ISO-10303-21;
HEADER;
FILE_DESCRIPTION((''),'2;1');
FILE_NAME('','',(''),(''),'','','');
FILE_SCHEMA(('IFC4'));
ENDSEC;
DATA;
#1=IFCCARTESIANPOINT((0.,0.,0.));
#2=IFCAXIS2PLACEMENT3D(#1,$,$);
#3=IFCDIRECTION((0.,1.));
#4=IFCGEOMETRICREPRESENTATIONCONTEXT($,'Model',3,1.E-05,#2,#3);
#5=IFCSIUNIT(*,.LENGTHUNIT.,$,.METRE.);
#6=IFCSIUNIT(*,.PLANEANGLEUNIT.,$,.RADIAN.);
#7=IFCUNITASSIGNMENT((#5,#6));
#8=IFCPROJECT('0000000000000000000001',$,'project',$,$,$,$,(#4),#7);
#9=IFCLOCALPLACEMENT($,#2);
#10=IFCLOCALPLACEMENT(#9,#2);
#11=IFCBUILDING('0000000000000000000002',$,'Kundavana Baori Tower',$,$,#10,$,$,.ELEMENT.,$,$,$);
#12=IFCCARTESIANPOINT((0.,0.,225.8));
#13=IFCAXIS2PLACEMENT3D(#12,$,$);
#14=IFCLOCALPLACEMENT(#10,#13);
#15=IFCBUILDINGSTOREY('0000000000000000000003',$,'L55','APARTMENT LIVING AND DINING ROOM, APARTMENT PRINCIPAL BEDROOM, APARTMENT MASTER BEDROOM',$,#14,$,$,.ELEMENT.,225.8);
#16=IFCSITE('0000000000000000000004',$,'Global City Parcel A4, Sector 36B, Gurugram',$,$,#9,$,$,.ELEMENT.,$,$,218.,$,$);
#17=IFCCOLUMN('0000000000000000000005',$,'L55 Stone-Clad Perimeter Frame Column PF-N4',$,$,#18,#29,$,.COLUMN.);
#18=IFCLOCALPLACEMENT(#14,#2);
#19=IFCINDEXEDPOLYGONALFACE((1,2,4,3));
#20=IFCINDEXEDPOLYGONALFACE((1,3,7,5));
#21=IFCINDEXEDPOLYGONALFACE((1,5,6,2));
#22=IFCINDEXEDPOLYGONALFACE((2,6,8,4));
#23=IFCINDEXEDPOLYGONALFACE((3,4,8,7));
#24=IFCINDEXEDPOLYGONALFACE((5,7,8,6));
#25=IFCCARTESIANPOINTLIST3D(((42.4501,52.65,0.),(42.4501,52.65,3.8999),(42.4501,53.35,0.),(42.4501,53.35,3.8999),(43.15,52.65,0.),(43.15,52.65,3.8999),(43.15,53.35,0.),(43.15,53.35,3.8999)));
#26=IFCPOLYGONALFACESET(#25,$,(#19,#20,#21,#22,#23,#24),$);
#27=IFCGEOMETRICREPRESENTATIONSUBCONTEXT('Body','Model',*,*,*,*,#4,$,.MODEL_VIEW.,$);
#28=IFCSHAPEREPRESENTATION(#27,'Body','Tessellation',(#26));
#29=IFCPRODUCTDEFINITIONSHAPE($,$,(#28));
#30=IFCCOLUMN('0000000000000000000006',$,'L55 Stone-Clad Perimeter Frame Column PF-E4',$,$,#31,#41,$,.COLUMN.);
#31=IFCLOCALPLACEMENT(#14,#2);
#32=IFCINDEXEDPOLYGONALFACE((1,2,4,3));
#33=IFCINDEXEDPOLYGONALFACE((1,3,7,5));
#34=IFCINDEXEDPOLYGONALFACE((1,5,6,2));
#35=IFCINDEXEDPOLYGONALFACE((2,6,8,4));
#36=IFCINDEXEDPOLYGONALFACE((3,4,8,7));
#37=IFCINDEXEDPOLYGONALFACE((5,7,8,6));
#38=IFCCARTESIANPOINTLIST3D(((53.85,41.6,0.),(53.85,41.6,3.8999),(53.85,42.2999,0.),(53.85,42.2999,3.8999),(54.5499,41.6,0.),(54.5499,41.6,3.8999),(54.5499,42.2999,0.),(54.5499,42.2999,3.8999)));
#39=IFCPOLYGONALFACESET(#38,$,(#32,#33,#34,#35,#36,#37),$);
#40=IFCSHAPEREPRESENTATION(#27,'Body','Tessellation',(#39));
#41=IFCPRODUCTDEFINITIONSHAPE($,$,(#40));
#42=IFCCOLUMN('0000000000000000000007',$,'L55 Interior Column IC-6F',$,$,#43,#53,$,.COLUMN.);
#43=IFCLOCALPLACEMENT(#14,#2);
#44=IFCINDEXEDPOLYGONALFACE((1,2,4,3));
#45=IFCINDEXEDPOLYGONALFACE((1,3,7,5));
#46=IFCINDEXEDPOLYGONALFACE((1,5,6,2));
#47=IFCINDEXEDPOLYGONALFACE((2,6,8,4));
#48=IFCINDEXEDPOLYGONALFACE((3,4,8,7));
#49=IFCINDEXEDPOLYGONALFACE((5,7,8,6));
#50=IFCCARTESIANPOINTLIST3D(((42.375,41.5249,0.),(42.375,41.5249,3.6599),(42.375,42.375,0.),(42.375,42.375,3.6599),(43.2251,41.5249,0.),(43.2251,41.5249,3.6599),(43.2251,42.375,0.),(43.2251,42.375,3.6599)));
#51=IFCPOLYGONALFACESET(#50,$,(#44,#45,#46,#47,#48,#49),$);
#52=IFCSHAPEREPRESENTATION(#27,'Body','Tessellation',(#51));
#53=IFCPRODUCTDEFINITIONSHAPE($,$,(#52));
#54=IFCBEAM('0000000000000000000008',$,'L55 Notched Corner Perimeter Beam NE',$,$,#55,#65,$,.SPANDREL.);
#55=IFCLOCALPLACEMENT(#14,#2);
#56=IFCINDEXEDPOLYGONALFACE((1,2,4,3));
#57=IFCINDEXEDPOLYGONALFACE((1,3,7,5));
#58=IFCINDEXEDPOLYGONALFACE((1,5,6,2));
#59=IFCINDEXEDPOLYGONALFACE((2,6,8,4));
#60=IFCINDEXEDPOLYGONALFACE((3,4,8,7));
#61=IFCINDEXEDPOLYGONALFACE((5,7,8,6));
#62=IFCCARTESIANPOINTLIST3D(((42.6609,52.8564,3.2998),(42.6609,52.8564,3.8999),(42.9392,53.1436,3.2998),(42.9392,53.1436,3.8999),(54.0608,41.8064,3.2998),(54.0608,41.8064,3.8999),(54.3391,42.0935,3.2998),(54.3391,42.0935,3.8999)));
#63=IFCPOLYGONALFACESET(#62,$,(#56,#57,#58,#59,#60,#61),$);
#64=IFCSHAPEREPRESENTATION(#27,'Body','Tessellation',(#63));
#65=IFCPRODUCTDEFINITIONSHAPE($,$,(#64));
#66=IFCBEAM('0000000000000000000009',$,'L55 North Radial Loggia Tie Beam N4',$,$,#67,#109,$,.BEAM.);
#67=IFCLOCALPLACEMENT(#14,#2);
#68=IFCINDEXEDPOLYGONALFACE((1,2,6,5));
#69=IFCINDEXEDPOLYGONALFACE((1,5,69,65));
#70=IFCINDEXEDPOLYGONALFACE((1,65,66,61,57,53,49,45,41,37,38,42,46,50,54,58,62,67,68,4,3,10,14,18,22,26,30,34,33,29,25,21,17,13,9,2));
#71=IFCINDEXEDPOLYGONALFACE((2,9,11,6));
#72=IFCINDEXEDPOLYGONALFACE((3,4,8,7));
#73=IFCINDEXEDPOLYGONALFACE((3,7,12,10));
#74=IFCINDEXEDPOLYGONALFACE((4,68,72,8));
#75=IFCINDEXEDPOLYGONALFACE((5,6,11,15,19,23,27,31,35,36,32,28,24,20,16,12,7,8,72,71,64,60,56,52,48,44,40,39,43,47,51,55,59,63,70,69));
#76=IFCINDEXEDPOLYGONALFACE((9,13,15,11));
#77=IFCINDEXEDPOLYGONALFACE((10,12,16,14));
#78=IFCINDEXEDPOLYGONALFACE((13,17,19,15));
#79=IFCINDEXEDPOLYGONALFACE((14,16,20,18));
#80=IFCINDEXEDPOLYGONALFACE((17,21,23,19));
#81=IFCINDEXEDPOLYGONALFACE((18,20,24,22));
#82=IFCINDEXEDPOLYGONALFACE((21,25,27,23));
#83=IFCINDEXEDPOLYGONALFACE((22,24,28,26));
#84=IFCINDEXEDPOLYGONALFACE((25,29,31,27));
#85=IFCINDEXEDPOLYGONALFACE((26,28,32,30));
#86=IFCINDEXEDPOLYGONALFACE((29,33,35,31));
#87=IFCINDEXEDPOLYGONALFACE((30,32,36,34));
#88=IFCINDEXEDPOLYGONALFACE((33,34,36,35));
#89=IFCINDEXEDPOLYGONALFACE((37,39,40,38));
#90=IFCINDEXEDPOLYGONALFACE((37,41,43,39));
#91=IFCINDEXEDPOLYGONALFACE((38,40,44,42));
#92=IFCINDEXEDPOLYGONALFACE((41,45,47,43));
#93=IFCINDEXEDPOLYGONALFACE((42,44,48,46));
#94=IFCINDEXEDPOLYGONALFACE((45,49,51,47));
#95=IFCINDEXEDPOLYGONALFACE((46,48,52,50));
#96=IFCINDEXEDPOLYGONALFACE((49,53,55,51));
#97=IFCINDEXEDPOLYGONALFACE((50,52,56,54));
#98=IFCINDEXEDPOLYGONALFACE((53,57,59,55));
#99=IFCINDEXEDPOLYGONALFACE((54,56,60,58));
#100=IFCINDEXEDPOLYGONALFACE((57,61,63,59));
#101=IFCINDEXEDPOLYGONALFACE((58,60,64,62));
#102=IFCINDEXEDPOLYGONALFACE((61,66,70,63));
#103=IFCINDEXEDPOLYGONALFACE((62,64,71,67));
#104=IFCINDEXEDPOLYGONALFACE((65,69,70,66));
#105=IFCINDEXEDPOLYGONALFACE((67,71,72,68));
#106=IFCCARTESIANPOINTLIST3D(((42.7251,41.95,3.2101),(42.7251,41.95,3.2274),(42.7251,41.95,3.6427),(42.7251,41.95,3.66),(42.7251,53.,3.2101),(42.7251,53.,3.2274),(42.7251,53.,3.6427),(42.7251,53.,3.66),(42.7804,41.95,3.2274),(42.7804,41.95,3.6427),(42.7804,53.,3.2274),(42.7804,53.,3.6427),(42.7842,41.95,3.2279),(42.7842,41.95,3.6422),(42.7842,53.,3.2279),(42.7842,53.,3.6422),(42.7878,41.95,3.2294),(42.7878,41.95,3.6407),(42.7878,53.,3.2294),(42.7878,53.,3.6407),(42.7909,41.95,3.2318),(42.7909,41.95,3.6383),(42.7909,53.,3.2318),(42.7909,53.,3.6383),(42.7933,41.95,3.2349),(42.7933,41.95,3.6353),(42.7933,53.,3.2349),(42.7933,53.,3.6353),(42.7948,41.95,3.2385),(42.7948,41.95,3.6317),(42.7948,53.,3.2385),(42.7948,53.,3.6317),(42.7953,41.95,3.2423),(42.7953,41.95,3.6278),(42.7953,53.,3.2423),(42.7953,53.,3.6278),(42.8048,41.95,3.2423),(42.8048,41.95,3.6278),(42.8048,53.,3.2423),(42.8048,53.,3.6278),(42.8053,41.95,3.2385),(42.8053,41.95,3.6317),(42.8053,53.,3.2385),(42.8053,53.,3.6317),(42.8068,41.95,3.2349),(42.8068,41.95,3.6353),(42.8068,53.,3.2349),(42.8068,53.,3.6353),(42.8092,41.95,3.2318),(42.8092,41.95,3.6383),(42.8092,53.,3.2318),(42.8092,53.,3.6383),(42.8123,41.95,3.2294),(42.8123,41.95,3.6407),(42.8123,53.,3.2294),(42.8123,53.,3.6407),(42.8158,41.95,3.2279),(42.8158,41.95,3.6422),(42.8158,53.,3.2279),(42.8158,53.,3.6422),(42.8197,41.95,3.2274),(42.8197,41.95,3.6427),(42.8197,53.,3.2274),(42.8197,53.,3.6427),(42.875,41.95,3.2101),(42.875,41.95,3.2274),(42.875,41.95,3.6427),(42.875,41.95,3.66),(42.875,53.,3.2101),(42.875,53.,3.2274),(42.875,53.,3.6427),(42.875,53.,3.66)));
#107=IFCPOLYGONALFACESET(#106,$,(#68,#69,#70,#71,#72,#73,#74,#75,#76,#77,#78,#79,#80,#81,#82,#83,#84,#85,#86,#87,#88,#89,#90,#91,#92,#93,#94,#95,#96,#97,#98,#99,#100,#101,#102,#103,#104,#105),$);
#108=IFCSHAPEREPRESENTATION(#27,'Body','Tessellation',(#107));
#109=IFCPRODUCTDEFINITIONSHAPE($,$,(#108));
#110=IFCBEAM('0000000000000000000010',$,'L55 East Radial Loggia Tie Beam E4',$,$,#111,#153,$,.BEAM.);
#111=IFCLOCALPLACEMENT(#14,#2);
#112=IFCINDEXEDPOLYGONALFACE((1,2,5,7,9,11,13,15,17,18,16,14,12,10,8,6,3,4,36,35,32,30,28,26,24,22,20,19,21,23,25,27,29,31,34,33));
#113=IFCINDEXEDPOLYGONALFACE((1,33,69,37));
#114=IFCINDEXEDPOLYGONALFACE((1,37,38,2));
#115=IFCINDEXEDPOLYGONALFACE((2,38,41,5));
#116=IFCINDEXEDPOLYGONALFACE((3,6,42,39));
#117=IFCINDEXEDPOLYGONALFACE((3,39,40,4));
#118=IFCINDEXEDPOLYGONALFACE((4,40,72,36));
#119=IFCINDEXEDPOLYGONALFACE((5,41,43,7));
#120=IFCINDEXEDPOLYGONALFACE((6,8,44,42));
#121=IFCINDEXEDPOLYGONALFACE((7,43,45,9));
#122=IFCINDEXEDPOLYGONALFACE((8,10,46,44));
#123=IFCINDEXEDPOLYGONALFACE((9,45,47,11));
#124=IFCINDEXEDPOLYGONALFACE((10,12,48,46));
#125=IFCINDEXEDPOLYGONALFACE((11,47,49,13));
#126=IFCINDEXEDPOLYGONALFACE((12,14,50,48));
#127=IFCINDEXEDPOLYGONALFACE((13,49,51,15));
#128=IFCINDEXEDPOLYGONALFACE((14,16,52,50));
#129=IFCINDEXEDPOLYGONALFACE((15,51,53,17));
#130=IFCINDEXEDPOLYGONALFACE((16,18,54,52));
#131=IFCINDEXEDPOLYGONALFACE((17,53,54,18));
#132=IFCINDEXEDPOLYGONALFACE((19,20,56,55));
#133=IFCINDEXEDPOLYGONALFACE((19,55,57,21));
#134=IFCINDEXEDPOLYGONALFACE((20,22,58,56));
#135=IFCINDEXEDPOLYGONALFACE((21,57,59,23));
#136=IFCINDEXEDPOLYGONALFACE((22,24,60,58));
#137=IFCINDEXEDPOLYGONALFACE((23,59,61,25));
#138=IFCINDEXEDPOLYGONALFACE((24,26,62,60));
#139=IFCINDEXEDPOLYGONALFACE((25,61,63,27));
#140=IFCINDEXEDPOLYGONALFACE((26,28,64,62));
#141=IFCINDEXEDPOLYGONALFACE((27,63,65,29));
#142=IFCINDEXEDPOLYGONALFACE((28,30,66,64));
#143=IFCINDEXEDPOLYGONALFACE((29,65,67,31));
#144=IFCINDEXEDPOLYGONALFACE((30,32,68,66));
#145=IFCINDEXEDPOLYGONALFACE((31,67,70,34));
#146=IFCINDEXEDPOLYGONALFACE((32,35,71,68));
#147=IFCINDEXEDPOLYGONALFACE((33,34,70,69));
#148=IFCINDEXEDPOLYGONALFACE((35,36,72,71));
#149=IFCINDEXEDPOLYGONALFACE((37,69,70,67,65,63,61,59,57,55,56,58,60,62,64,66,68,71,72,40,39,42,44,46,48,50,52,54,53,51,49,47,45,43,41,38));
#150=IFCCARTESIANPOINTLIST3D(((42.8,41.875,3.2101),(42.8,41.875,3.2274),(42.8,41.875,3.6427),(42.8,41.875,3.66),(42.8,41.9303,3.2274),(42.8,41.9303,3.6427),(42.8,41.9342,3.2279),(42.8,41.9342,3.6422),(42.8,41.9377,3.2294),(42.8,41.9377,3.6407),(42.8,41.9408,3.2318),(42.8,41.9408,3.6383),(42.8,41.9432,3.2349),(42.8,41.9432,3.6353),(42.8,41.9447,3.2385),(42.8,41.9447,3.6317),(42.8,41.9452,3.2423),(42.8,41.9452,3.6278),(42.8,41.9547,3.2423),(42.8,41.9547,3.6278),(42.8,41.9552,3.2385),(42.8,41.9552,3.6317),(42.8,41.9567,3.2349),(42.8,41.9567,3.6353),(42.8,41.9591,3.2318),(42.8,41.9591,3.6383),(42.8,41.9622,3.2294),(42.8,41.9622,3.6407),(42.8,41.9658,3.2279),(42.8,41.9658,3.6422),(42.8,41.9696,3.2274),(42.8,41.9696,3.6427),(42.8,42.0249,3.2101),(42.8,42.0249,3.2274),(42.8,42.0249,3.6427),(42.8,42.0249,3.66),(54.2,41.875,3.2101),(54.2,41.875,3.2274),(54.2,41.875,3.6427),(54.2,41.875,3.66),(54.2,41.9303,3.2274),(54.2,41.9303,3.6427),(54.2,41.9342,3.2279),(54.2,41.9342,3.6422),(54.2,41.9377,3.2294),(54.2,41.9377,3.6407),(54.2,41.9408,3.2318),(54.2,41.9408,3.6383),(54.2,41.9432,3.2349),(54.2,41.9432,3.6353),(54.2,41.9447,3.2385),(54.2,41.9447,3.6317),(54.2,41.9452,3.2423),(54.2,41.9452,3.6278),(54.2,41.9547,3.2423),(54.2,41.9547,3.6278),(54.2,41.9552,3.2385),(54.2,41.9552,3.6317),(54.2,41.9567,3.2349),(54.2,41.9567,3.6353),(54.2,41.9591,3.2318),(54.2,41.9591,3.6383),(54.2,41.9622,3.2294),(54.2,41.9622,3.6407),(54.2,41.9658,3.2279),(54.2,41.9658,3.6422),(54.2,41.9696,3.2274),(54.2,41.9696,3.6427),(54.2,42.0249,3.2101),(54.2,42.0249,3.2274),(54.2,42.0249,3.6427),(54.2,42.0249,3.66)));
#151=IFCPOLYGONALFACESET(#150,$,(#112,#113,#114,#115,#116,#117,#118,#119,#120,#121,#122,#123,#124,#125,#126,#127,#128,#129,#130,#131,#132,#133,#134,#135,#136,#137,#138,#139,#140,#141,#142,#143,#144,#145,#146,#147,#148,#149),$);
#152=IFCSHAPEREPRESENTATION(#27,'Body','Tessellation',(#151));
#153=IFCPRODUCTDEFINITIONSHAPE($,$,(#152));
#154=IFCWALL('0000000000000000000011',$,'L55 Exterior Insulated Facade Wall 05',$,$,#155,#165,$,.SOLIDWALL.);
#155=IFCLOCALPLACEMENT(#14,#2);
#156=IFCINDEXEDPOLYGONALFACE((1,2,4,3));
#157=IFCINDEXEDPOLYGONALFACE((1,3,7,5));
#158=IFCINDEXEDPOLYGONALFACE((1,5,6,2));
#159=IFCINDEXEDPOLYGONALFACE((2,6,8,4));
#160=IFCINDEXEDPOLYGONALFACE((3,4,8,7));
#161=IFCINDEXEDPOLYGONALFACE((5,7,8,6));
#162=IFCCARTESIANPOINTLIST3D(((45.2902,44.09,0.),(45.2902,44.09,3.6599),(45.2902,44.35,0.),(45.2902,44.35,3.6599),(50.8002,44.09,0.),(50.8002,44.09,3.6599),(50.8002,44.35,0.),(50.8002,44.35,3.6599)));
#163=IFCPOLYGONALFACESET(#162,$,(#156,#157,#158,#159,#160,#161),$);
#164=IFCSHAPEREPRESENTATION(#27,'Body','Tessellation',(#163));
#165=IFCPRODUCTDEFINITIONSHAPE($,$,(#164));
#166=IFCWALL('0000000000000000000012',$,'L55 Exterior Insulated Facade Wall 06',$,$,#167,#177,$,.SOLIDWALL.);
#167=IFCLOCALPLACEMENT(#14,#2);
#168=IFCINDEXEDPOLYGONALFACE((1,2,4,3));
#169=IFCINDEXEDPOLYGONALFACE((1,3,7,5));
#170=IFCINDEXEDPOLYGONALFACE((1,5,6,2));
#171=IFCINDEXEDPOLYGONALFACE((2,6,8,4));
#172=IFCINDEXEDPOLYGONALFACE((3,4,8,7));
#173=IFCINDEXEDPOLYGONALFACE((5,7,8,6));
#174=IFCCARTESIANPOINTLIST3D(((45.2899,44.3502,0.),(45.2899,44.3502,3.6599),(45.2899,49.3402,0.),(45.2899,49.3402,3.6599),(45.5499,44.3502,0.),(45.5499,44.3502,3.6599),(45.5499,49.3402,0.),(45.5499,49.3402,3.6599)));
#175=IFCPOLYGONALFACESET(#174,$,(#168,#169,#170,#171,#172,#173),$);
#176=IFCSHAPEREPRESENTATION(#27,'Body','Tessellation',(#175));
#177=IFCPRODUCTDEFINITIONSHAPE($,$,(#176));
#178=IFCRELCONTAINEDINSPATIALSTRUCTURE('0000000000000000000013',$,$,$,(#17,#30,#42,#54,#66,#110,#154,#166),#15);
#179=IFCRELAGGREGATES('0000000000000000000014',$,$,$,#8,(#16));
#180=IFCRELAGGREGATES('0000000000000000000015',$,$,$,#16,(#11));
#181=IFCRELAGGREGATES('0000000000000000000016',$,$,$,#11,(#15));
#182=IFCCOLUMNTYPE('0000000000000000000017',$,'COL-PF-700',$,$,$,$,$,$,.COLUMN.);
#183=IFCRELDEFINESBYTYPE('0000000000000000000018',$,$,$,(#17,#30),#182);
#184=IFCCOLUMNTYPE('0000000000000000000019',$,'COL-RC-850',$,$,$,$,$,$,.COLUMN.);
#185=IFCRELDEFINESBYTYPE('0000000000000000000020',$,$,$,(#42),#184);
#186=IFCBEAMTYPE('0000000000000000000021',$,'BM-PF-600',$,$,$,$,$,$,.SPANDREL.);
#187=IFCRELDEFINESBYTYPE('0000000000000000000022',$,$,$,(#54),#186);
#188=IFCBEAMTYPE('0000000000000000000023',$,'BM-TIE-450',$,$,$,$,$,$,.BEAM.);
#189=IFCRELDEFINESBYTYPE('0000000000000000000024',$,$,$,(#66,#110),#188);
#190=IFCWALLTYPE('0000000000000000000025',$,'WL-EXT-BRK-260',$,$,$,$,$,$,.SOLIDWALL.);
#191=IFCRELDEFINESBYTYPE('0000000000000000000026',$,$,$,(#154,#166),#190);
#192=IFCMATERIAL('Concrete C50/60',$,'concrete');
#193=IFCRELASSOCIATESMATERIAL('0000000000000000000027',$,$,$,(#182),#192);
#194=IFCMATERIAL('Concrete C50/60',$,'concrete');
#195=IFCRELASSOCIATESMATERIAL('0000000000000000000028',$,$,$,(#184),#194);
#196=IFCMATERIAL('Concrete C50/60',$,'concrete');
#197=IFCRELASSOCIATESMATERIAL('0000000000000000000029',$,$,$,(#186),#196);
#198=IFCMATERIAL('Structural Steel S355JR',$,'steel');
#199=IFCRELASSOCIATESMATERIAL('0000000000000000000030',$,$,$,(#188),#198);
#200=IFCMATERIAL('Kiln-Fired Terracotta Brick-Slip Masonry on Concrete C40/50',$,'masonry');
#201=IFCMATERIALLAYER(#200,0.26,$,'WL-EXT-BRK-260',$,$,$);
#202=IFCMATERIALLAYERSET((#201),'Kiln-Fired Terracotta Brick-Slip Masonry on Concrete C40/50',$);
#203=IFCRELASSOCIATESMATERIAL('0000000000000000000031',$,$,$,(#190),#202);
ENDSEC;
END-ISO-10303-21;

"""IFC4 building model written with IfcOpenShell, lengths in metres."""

from ifc_helpers import new_model, si_unit, direction, frame, frame_2d, origin, origin_2d, place, context, subcontext, project, spatial, rectangle, i_section, extrude, material, layer, layer_set, material_profile, profile_set, type_object, element, save


model = new_model("IFC4")

# Units and contexts
model_context = context("Model", 3, precision=1e-05, world=origin(), true_north=direction((0.0, 1.0)))
body_context = subcontext(model_context, "Body", "Model", "MODEL_VIEW")
ifc_project = project(units=[si_unit("LENGTHUNIT", "METRE"), si_unit("PLANEANGLEUNIT", "RADIAN")], contexts=[model_context])

# Site, building, storey
site_placement = place(None, origin())
site = spatial("IfcSite", under=ifc_project, at=site_placement, Name="Global City Parcel A4, Sector 36B, Gurugram", CompositionType="ELEMENT", RefElevation=218.0)
building_placement = place(site_placement, origin())
building = spatial("IfcBuilding", under=site, at=building_placement, Name="Kundavana Baori Tower", CompositionType="ELEMENT")
storey_placement = place(building_placement, frame((0.0, 0.0, 225.8)))
storey = spatial("IfcBuildingStorey", under=building, at=storey_placement, Name="L55", Description="APARTMENT LIVING AND DINING ROOM, APARTMENT PRINCIPAL BEDROOM, APARTMENT MASTER BEDROOM", CompositionType="ELEMENT", Elevation=225.8)

# Columns
ifc_material_1 = material(Name="Concrete C50/60", Category="concrete")
ifc_material_profile_1 = material_profile(ifc_material_1, rectangle(XDim=0.7, YDim=0.7, at=origin_2d()), Name="RC PF 700x700")
ifc_profile_set_1 = profile_set([ifc_material_profile_1], Name="Concrete C50/60")
column_type_1 = type_object("IfcColumnType", Name="COL-PF-700", PredefinedType="COLUMN", material=ifc_profile_set_1)
for number, where, z_axis, x_axis, name in (
    (1, (42.8, 53.0, 0.0), (0.0, 0.0, 1.0), (1.0, 0.0, 0.0), "L55 Stone-Clad Perimeter Frame Column PF-N4"),
    (2, (54.2, 41.95, 0.0), (0.0, 0.0, 1.0), (1.0, 0.0, 0.0), "L55 Stone-Clad Perimeter Frame Column PF-E4"),
):
    element("IfcColumn", number, at=place(storey_placement, frame(where, z_axis=z_axis, x_axis=x_axis)), inside=storey, type_object=column_type_1, Name=name, PredefinedType="COLUMN", context=body_context, shape_type="SweptSolid", body=[
        extrude(rectangle(XDim=0.7, YDim=0.7, at=origin_2d()), origin(), (0.0, 0.0, 1.0), 3.8999),
    ])
ifc_material_2 = material(Name="Concrete C50/60", Category="concrete")
ifc_material_profile_2 = material_profile(ifc_material_2, rectangle(XDim=0.8501, YDim=0.8501, at=origin_2d()), Name="RC 850x850")
ifc_profile_set_2 = profile_set([ifc_material_profile_2], Name="Concrete C50/60")
column_type_2 = type_object("IfcColumnType", Name="COL-RC-850", PredefinedType="COLUMN", material=ifc_profile_set_2)
column_placement = place(storey_placement, frame((42.8, 41.95, 0.0), z_axis=(0.0, 0.0, 1.0), x_axis=(1.0, 0.0, 0.0)))
element("IfcColumn", 3, at=column_placement, inside=storey, type_object=column_type_2, Name="L55 Interior Column IC-6F", PredefinedType="COLUMN", context=body_context, shape_type="SweptSolid", body=[
    extrude(rectangle(XDim=0.8501, YDim=0.8501, at=origin_2d()), origin(), (0.0, 0.0, 1.0), 3.6599),
])

# Beams
ifc_material_3 = material(Name="Concrete C50/60", Category="concrete")
ifc_material_profile_3 = material_profile(ifc_material_3, rectangle(XDim=0.3999, YDim=0.6001, at=origin_2d()), Name="RC BM 400x600")
ifc_profile_set_3 = profile_set([ifc_material_profile_3], Name="Concrete C50/60")
beam_type_1 = type_object("IfcBeamType", Name="BM-PF-600", PredefinedType="SPANDREL", material=ifc_profile_set_3)
beam_1_placement = place(storey_placement, frame((42.8, 53.0, 3.5999), z_axis=(0.718039, -0.696003, 0.0), x_axis=(0.696003, 0.718039, 0.0)))
element("IfcBeam", 4, at=beam_1_placement, inside=storey, type_object=beam_type_1, Name="L55 Notched Corner Perimeter Beam NE", PredefinedType="SPANDREL", context=body_context, shape_type="SweptSolid", body=[
    extrude(rectangle(XDim=0.3999, YDim=0.6001, at=origin_2d()), origin(), (0.0, 0.0, 1.0), 15.8765),
])
ifc_material_4 = material(Name="Structural Steel S355JR", Category="steel")
ifc_material_profile_4 = material_profile(ifc_material_4, i_section(OverallWidth=0.1499, OverallDepth=0.45, WebThickness=0.0095, FlangeThickness=0.0173, FilletRadius=0.0149, at=origin_2d()), Name="ISMB 450")
ifc_profile_set_4 = profile_set([ifc_material_profile_4], Name="Structural Steel S355JR")
beam_type_2 = type_object("IfcBeamType", Name="BM-TIE-450", PredefinedType="BEAM", material=ifc_profile_set_4)
beam_2_placement = place(storey_placement, frame((42.8, 41.95, 3.4351), z_axis=(0.0, 1.0, 0.0), x_axis=(-1.0, 0.0, 0.0)))
element("IfcBeam", 5, at=beam_2_placement, inside=storey, type_object=beam_type_2, Name="L55 North Radial Loggia Tie Beam N4", PredefinedType="BEAM", context=body_context, shape_type="SweptSolid", body=[
    extrude(i_section(OverallWidth=0.1499, OverallDepth=0.45, WebThickness=0.0095, FlangeThickness=0.0173, FilletRadius=0.0149, at=origin_2d()), origin(), (0.0, 0.0, 1.0), 11.05),
])
beam_3_placement = place(storey_placement, frame((42.8, 41.95, 3.4351), z_axis=(1.0, 0.0, 0.0), x_axis=(0.0, 1.0, 0.0)))
element("IfcBeam", 6, at=beam_3_placement, inside=storey, type_object=beam_type_2, Name="L55 East Radial Loggia Tie Beam E4", PredefinedType="BEAM", context=body_context, shape_type="SweptSolid", body=[
    extrude(i_section(OverallWidth=0.1499, OverallDepth=0.45, WebThickness=0.0095, FlangeThickness=0.0173, FilletRadius=0.0149, at=origin_2d()), origin(), (0.0, 0.0, 1.0), 11.3999),
])

# Walls
ifc_material_5 = material(Name="Kiln-Fired Terracotta Brick-Slip Masonry on Concrete C40/50", Category="masonry")
ifc_layer_1 = layer(ifc_material_5, 0.26, Name="WL-EXT-BRK-260")
ifc_layer_set_1 = layer_set([ifc_layer_1], Name="Kiln-Fired Terracotta Brick-Slip Masonry on Concrete C40/50")
wall_type_1 = type_object("IfcWallType", Name="WL-EXT-BRK-260", PredefinedType="SOLIDWALL", material=ifc_layer_set_1)
wall_1_placement = place(storey_placement, frame((50.8, 44.22, 0.0), z_axis=(0.0, 0.0, 1.0), x_axis=(-1.0, 0.0, 0.0)))
element("IfcWall", 7, at=wall_1_placement, inside=storey, type_object=wall_type_1, Name="L55 Exterior Insulated Facade Wall 05", PredefinedType="SOLIDWALL", context=body_context, shape_type="SweptSolid", body=[
    extrude(rectangle(XDim=5.51, YDim=0.26, at=frame_2d((2.7549, 0.0))), origin(), (0.0, 0.0, 1.0), 3.6599),
])
wall_2_placement = place(storey_placement, frame((45.4199, 44.3501, 0.0), z_axis=(0.0, 0.0, 1.0), x_axis=(0.0, 1.0, 0.0)))
element("IfcWall", 8, at=wall_2_placement, inside=storey, type_object=wall_type_1, Name="L55 Exterior Insulated Facade Wall 06", PredefinedType="SOLIDWALL", context=body_context, shape_type="SweptSolid", body=[
    extrude(rectangle(XDim=4.99, YDim=0.26, at=frame_2d((2.4951, 0.0))), origin(), (0.0, 0.0, 1.0), 3.6599),
])

save(model, "model.ifc")
